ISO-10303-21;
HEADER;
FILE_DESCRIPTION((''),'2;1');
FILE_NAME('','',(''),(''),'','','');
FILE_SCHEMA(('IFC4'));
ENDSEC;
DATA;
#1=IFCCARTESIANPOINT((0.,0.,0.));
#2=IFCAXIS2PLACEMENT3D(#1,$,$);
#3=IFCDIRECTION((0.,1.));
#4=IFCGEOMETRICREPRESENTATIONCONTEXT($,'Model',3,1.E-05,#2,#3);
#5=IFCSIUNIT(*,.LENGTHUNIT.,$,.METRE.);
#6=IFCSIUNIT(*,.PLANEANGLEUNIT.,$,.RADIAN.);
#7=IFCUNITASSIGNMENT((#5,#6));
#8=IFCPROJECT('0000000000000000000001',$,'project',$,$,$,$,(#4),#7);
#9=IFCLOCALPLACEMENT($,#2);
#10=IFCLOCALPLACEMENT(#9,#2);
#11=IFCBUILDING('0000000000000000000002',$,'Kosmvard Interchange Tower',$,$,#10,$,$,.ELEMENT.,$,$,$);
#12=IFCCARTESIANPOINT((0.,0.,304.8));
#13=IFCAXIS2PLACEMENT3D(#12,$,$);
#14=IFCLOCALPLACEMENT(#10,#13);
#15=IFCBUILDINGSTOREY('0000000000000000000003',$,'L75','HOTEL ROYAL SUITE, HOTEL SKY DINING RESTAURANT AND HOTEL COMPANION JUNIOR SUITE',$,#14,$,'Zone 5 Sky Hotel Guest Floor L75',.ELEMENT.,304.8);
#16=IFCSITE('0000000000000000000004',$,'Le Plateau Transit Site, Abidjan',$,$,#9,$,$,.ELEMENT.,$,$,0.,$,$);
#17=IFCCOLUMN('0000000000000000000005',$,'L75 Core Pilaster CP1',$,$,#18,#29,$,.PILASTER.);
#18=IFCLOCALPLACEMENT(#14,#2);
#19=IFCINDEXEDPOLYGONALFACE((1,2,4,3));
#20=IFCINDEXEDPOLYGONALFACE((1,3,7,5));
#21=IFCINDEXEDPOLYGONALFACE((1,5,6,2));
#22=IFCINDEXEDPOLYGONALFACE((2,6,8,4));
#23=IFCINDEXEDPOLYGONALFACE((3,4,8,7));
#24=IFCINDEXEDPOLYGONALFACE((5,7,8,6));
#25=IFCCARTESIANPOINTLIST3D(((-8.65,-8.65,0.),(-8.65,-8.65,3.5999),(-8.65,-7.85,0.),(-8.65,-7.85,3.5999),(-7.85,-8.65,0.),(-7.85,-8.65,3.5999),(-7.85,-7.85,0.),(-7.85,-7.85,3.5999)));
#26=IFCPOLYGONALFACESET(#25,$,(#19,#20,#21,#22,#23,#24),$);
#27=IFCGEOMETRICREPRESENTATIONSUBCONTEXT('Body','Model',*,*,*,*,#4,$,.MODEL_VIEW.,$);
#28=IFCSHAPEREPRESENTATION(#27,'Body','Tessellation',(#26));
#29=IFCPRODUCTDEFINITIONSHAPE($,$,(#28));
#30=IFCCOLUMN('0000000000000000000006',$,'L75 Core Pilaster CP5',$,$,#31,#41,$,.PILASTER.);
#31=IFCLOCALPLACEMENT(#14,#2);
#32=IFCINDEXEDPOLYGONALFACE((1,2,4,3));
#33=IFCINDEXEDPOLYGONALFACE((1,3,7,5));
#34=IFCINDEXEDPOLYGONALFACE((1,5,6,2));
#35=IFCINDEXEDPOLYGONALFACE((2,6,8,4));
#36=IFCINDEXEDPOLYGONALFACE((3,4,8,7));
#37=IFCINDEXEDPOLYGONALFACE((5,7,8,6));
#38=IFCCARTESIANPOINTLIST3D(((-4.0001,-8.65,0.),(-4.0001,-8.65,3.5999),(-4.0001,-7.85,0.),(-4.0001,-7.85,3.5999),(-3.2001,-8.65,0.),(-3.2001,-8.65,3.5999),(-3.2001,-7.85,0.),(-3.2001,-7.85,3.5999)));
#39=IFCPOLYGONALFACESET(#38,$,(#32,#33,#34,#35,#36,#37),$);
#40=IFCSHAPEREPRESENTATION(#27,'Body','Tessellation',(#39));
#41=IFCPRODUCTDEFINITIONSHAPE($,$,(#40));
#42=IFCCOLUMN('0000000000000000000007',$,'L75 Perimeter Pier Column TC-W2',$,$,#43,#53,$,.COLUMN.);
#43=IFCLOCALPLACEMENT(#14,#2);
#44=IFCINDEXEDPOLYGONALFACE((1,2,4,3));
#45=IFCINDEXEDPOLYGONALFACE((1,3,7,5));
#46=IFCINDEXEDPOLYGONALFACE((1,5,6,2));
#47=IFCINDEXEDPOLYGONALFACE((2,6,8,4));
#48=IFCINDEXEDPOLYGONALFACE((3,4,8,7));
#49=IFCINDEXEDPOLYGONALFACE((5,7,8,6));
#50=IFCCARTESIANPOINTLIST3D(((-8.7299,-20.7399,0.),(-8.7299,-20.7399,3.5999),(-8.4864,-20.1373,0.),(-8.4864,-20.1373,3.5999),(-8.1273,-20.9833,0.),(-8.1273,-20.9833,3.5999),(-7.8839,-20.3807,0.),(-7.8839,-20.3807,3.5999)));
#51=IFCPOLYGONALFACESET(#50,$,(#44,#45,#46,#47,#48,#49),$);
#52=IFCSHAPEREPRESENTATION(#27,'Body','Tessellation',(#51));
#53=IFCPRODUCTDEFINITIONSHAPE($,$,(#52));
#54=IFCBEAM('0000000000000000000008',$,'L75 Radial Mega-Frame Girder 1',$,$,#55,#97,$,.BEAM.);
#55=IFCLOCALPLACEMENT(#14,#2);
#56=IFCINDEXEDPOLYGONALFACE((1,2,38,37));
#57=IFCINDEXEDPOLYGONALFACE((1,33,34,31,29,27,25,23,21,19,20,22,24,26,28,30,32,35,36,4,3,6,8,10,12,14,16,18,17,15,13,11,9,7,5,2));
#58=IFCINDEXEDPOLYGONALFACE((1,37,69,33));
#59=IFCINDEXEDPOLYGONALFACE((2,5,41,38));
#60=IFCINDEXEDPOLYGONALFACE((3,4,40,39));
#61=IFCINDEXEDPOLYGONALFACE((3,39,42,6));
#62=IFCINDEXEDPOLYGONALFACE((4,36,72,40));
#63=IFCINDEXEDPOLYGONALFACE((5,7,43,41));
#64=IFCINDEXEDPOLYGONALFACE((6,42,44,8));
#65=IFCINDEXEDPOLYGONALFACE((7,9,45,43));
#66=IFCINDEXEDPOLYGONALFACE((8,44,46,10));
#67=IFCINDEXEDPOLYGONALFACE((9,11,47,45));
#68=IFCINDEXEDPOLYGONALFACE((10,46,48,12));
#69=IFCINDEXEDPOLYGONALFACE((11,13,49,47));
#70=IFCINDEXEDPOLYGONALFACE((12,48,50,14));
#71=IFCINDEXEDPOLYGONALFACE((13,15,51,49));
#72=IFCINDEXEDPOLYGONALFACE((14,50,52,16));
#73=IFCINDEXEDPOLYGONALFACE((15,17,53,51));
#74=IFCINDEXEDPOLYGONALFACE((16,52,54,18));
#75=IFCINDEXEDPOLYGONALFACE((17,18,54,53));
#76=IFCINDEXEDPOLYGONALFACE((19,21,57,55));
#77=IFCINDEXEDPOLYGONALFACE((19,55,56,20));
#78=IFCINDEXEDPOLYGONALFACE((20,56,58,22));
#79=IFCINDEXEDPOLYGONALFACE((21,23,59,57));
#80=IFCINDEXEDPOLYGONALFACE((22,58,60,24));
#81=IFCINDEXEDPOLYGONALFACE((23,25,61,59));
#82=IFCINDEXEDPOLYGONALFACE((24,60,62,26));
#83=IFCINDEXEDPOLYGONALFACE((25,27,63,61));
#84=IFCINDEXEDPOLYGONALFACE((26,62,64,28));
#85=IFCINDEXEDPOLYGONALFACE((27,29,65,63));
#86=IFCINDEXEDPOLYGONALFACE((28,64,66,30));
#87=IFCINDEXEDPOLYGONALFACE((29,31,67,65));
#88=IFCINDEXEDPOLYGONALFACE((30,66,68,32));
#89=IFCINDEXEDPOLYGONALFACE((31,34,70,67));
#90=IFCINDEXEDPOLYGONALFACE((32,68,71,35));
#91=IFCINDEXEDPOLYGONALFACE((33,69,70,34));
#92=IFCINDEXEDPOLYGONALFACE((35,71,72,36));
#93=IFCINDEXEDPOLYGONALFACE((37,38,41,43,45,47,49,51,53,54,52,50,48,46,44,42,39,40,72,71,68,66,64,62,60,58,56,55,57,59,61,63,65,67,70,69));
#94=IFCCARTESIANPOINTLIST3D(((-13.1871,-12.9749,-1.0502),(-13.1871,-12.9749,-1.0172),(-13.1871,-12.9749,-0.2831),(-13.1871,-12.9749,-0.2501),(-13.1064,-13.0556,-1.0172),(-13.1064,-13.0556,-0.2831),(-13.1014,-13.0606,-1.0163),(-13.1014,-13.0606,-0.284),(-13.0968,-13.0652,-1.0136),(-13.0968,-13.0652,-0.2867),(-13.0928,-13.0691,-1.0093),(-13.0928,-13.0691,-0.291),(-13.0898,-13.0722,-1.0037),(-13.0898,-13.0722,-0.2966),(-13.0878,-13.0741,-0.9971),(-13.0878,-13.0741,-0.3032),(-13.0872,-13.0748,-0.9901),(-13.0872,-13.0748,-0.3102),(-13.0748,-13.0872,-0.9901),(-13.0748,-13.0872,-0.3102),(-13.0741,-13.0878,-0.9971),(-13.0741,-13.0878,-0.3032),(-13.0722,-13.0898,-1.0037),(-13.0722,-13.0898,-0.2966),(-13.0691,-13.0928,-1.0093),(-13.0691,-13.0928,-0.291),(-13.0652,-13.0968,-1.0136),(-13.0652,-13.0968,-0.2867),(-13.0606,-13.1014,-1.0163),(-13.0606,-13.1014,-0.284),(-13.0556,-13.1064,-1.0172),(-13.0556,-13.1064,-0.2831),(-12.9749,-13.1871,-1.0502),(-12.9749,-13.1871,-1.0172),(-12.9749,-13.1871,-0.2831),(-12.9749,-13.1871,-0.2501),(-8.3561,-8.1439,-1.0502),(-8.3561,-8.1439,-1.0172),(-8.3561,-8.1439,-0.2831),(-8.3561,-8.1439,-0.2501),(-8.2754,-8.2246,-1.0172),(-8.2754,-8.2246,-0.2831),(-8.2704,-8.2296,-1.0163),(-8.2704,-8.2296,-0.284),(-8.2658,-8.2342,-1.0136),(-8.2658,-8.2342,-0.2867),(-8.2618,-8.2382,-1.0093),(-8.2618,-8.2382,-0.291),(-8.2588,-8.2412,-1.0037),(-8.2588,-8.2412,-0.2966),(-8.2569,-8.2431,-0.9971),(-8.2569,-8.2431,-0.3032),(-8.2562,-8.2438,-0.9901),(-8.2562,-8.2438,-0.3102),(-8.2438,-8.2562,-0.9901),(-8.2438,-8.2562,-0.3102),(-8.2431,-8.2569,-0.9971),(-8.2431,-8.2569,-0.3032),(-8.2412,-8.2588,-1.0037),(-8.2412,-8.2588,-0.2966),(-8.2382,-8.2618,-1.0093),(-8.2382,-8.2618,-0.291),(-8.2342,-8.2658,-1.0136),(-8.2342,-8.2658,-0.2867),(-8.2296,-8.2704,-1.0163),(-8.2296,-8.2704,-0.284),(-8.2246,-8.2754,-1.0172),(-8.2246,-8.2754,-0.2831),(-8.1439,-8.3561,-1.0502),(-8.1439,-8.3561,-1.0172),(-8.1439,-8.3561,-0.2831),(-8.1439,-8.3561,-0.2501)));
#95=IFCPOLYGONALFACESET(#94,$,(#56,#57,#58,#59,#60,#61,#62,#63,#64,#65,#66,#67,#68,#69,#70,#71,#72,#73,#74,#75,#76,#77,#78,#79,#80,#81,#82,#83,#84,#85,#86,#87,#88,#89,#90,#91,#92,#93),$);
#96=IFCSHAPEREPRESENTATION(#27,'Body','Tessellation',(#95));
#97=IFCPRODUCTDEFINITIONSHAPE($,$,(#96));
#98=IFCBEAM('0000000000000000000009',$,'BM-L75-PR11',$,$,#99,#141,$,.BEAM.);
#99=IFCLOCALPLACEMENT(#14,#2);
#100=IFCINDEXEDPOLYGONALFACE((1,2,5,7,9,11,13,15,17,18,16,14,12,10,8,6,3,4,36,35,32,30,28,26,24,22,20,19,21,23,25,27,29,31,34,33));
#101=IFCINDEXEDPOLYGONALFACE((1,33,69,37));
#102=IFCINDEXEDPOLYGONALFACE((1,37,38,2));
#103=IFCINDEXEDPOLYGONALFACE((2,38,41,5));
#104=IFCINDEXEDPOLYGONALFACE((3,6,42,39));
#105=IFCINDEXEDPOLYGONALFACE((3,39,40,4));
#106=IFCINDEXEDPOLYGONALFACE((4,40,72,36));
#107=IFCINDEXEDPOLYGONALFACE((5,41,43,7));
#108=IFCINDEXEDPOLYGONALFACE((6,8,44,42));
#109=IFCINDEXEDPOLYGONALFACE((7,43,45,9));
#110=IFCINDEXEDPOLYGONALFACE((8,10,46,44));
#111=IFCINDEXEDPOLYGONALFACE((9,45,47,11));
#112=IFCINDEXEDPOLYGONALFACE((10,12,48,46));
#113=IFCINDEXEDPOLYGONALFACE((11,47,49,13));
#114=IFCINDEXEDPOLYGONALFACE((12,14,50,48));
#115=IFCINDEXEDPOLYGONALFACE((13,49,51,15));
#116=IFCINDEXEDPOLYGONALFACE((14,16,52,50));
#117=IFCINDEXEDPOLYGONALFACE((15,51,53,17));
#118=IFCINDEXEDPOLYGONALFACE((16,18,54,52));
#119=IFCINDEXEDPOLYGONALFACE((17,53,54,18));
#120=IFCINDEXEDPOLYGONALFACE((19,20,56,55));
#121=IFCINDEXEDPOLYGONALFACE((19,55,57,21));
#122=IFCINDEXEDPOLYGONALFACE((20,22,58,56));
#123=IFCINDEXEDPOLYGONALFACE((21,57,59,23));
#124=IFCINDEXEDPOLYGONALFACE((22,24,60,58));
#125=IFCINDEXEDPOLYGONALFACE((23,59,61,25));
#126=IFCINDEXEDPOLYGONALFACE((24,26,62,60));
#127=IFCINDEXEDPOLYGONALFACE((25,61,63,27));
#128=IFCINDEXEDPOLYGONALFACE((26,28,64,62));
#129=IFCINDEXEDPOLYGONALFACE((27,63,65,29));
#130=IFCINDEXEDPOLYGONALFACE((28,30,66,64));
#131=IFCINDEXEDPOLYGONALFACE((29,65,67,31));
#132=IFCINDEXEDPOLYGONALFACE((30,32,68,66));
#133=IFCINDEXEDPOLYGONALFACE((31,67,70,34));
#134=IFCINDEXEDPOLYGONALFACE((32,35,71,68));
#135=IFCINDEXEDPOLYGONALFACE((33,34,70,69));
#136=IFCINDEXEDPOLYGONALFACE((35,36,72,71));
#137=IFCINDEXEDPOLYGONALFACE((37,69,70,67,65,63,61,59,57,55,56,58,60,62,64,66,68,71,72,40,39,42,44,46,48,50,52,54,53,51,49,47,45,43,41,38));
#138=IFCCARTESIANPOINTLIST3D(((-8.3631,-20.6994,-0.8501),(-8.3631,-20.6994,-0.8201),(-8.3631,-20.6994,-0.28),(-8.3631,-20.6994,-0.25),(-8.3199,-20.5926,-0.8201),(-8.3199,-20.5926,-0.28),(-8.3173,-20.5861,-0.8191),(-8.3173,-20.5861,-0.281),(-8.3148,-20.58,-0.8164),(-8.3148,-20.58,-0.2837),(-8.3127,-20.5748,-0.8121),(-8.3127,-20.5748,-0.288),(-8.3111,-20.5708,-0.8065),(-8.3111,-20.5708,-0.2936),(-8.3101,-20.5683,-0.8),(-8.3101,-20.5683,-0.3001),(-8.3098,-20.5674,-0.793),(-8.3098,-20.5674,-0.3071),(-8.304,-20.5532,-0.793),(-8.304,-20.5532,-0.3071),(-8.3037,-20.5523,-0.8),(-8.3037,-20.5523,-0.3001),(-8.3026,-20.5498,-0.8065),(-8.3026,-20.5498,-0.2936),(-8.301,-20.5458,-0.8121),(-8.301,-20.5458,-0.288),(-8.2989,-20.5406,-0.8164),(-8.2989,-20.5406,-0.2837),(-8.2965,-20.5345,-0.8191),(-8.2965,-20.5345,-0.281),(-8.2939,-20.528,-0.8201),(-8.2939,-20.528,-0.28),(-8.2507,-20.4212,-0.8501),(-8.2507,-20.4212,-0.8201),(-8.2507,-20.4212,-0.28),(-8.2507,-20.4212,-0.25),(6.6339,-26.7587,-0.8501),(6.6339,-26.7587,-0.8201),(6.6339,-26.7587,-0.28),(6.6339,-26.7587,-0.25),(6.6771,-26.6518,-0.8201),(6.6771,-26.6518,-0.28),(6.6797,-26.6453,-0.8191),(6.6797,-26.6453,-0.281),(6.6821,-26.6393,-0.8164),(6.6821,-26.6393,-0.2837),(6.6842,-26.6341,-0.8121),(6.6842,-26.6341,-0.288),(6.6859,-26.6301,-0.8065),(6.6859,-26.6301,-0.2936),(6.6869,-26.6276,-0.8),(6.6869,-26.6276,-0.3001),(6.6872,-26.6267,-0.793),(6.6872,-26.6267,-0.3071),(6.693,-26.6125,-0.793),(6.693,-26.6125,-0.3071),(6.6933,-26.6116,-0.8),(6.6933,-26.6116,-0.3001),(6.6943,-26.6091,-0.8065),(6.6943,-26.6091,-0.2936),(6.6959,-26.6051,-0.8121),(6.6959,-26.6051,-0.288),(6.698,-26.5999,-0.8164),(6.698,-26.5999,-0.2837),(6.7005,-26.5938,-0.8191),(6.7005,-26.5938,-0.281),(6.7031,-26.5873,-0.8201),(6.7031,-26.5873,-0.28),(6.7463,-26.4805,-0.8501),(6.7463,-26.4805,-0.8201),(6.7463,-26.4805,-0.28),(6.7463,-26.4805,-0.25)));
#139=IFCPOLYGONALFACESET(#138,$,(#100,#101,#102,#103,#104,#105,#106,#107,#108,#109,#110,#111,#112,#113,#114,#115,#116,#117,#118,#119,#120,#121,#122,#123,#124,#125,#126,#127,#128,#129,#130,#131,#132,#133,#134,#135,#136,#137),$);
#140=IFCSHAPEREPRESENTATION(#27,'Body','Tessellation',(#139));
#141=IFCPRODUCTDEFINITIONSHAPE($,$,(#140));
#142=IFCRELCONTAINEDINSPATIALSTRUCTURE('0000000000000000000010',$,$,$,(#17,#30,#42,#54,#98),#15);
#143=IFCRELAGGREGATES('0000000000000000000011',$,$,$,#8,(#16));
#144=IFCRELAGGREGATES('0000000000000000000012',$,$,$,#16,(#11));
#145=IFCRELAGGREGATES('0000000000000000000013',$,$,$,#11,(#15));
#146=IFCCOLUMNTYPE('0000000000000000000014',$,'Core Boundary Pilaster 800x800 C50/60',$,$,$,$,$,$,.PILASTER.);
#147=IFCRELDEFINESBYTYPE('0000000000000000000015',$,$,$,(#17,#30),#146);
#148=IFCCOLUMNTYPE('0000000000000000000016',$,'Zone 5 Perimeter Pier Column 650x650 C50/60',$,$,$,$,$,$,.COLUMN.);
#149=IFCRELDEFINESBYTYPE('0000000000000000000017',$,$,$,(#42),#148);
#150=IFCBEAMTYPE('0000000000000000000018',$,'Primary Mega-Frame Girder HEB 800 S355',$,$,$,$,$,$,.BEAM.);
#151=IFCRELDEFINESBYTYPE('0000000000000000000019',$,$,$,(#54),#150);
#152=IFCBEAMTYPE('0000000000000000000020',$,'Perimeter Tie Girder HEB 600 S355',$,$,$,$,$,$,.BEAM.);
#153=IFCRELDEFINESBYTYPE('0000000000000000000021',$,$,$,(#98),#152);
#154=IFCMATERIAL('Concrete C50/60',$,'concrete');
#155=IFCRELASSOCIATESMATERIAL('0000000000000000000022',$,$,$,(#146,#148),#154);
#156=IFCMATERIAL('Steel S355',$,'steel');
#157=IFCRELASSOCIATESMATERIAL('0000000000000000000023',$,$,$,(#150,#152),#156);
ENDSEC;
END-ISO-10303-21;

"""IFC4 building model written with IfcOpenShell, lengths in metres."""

from ifc_helpers import new_model, si_unit, direction, frame, origin, origin_2d, place, context, subcontext, project, spatial, rectangle, i_section, extrude, source, transform, mapped, material, material_profile, profile_set, type_object, element, save


model = new_model("IFC4")

# Units and contexts
model_context = context("Model", 3, precision=1e-05, world=origin(), true_north=direction((0.0, 1.0)))
body_context = subcontext(model_context, "Body", "Model", "MODEL_VIEW")
ifc_project = project(units=[si_unit("LENGTHUNIT", "METRE"), si_unit("PLANEANGLEUNIT", "RADIAN")], contexts=[model_context])

# Site, building, storey
site_placement = place(None, origin())
site = spatial("IfcSite", under=ifc_project, at=site_placement, Name="Le Plateau Transit Site, Abidjan", CompositionType="ELEMENT", RefElevation=0.0)
building_placement = place(site_placement, origin())
building = spatial("IfcBuilding", under=site, at=building_placement, Name="Kosmvard Interchange Tower", CompositionType="ELEMENT")
storey_placement = place(building_placement, frame((0.0, 0.0, 304.8)))
storey = spatial("IfcBuildingStorey", under=building, at=storey_placement, Name="L75", Description="HOTEL ROYAL SUITE, HOTEL SKY DINING RESTAURANT AND HOTEL COMPANION JUNIOR SUITE", LongName="Zone 5 Sky Hotel Guest Floor L75", CompositionType="ELEMENT", Elevation=304.8)

# Columns
ifc_material_1 = material(Name="Concrete C50/60", Category="concrete")
ifc_material_profile_1 = material_profile(ifc_material_1, rectangle(XDim=0.8, YDim=0.8, at=origin_2d()), Name="CP 800x800")
ifc_profile_set_1 = profile_set([ifc_material_profile_1], Name="Concrete C50/60")
column_type_1 = type_object("IfcColumnType", Name="Core Boundary Pilaster 800x800 C50/60", PredefinedType="PILASTER", material=ifc_profile_set_1)
shared_shape_1 = source(origin(), body_context, "Body", "SweptSolid", [
    extrude(rectangle(XDim=0.8, YDim=0.8, at=origin_2d()), origin(), (0.0, 0.0, 1.0), 3.5999),
])
for number, where, z_axis, x_axis, name in (
    (1, (-8.25, -8.25, 0.0), (0.0, 0.0, 1.0), (1.0, 0.0, 0.0), "L75 Core Pilaster CP1"),
    (2, (-3.6001, -8.25, 0.0), (0.0, 0.0, 1.0), (1.0, 0.0, 0.0), "L75 Core Pilaster CP5"),
):
    element("IfcColumn", number, at=place(storey_placement, frame(where, z_axis=z_axis, x_axis=x_axis)), inside=storey, type_object=column_type_1, Name=name, PredefinedType="PILASTER", context=body_context, shape_type="MappedRepresentation", body=[
        mapped(shared_shape_1, transform((0.0, 0.0, 0.0), scale=1.0)),
    ])
ifc_material_profile_2 = material_profile(ifc_material_1, rectangle(XDim=0.6499, YDim=0.6499, at=origin_2d()), Name="TC 650x650")
ifc_profile_set_2 = profile_set([ifc_material_profile_2], Name="Concrete C50/60")
column_type_2 = type_object("IfcColumnType", Name="Zone 5 Perimeter Pier Column 650x650 C50/60", PredefinedType="COLUMN", material=ifc_profile_set_2)
shared_shape_2 = source(origin(), body_context, "Body", "SweptSolid", [
    extrude(rectangle(XDim=0.6499, YDim=0.6499, at=origin_2d()), origin(), (0.0, 0.0, 1.0), 3.5999),
])
column_placement = place(storey_placement, frame((-8.3069, -20.5603, 0.0), z_axis=(0.0, 0.0, 1.0), x_axis=(0.374607, 0.927184, 0.0)))
element("IfcColumn", 3, at=column_placement, inside=storey, type_object=column_type_2, Name="L75 Perimeter Pier Column TC-W2", PredefinedType="COLUMN", context=body_context, shape_type="MappedRepresentation", body=[
    mapped(shared_shape_2, transform((0.0, 0.0, 0.0), scale=1.0)),
])

# Beams
ifc_material_2 = material(Name="Steel S355", Category="steel")
ifc_material_profile_3 = material_profile(ifc_material_2, i_section(OverallWidth=0.3, OverallDepth=0.8, WebThickness=0.0176, FlangeThickness=0.033, FilletRadius=0.0271, at=origin_2d()), Name="HEB 800")
ifc_profile_set_3 = profile_set([ifc_material_profile_3], Name="Steel S355")
beam_type_1 = type_object("IfcBeamType", Name="Primary Mega-Frame Girder HEB 800 S355", PredefinedType="BEAM", material=ifc_profile_set_3)
shared_shape_3 = source(origin(), body_context, "Body", "SweptSolid", [
    extrude(i_section(OverallWidth=0.3, OverallDepth=0.8, WebThickness=0.0176, FlangeThickness=0.033, FilletRadius=0.0271, at=origin_2d()), origin(), (0.0, 0.0, 1.0), 6.832),
])
beam_1_placement = place(storey_placement, frame((-8.25, -8.25, -0.6501), z_axis=(-0.707107, -0.707107, 0.0), x_axis=(0.707107, -0.707107, 0.0)))
element("IfcBeam", 4, at=beam_1_placement, inside=storey, type_object=beam_type_1, Name="L75 Radial Mega-Frame Girder 1", PredefinedType="BEAM", context=body_context, shape_type="MappedRepresentation", body=[
    mapped(shared_shape_3, transform((0.0, 0.0, 0.0), scale=1.0)),
])
ifc_material_profile_4 = material_profile(ifc_material_2, i_section(OverallWidth=0.3, OverallDepth=0.6001, WebThickness=0.0154, FlangeThickness=0.03, FilletRadius=0.0271, at=origin_2d()), Name="HEB 600")
ifc_profile_set_4 = profile_set([ifc_material_profile_4], Name="Steel S355")
beam_type_2 = type_object("IfcBeamType", Name="Perimeter Tie Girder HEB 600 S355", PredefinedType="BEAM", material=ifc_profile_set_4)
shared_shape_4 = source(origin(), body_context, "Body", "SweptSolid", [
    extrude(i_section(OverallWidth=0.3, OverallDepth=0.6001, WebThickness=0.0154, FlangeThickness=0.03, FilletRadius=0.0271, at=origin_2d()), origin(), (0.0, 0.0, 1.0), 16.1748),
])
beam_2_placement = place(storey_placement, frame((-8.3069, -20.5603, -0.55), z_axis=(0.927181, -0.374613, 0.0), x_axis=(0.374613, 0.927181, 0.0)))
element("IfcBeam", 5, at=beam_2_placement, inside=storey, type_object=beam_type_2, Name="BM-L75-PR11", PredefinedType="BEAM", context=body_context, shape_type="MappedRepresentation", body=[
    mapped(shared_shape_4, transform((0.0, 0.0, 0.0), scale=1.0)),
])

save(model, "model.ifc")
